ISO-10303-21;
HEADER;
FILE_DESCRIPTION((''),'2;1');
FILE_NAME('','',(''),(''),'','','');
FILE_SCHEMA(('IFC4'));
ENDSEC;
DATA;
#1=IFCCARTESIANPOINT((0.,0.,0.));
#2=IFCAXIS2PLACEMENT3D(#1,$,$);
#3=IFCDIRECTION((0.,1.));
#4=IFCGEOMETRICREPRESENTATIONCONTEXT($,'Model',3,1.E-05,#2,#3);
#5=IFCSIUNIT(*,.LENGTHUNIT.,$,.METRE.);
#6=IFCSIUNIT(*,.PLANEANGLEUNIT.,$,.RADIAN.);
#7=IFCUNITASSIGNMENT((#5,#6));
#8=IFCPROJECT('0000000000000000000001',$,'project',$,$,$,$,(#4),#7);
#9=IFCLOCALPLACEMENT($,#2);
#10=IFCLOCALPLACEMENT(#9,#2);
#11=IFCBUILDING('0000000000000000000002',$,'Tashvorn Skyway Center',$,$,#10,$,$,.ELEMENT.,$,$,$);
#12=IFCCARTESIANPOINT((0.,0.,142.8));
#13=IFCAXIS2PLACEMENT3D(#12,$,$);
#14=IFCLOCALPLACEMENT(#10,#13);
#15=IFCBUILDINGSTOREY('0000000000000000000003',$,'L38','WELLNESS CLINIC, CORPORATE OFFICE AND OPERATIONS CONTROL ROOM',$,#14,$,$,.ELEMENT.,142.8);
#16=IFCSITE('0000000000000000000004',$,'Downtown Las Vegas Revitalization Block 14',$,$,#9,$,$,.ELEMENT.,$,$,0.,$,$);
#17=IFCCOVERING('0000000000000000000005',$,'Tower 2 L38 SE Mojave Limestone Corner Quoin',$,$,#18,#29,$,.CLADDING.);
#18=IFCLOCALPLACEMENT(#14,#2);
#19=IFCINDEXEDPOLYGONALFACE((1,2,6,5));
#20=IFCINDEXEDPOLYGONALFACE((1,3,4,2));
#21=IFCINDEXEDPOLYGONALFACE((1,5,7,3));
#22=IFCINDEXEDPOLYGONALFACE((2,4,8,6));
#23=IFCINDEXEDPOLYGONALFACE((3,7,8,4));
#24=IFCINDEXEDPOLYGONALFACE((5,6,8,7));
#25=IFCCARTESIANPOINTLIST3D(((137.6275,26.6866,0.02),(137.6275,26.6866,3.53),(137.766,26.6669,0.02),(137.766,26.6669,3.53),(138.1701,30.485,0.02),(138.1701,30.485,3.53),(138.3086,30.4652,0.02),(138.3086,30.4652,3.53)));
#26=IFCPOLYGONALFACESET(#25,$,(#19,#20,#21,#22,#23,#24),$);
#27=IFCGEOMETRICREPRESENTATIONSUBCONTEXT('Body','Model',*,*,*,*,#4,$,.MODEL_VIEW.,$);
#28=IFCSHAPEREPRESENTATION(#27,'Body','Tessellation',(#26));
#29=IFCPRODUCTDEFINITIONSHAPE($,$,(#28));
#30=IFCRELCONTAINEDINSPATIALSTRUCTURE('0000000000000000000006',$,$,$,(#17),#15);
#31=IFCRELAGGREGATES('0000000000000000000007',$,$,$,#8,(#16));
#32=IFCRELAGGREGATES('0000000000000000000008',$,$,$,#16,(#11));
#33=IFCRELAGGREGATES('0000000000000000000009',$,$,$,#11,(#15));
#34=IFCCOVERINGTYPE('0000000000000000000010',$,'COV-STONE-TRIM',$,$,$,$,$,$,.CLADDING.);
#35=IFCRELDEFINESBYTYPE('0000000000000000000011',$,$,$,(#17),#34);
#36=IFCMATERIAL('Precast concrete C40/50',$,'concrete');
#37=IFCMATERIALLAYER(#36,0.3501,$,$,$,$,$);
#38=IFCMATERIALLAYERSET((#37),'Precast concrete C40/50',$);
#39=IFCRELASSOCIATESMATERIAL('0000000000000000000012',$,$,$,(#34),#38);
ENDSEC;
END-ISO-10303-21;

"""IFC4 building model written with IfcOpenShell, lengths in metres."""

from ifc_helpers import new_model, si_unit, direction, frame, origin, origin_2d, place, context, subcontext, project, spatial, rectangle, extrude, material, layer, layer_set, type_object, element, save


model = new_model("IFC4")

# Units and contexts
model_context = context("Model", 3, precision=1e-05, world=origin(), true_north=direction((0.0, 1.0)))
body_context = subcontext(model_context, "Body", "Model", "MODEL_VIEW")
ifc_project = project(units=[si_unit("LENGTHUNIT", "METRE"), si_unit("PLANEANGLEUNIT", "RADIAN")], contexts=[model_context])

# Site, building, storey
site_placement = place(None, origin())
site = spatial("IfcSite", under=ifc_project, at=site_placement, Name="Downtown Las Vegas Revitalization Block 14", CompositionType="ELEMENT", RefElevation=0.0)
building_placement = place(site_placement, origin())
building = spatial("IfcBuilding", under=site, at=building_placement, Name="Tashvorn Skyway Center", CompositionType="ELEMENT")
storey_placement = place(building_placement, frame((0.0, 0.0, 142.8)))
storey = spatial("IfcBuildingStorey", under=building, at=storey_placement, Name="L38", Description="WELLNESS CLINIC, CORPORATE OFFICE AND OPERATIONS CONTROL ROOM", CompositionType="ELEMENT", Elevation=142.8)

# Shared definitions
ifc_material_1 = material(Name="Precast concrete C40/50", Category="concrete")

# Covering
ifc_layer_1 = layer(ifc_material_1, 0.3501)
ifc_layer_set_1 = layer_set([ifc_layer_1], Name="Precast concrete C40/50")
covering_type_1 = type_object("IfcCoveringType", Name="COV-STONE-TRIM", PredefinedType="CLADDING", material=ifc_layer_set_1)
covering_placement = place(storey_placement, frame((137.968, 28.5759, 0.02), z_axis=(0.0, 0.0, 1.0), x_axis=(0.141421, 0.989949, 0.0)))
element("IfcCovering", 1, at=covering_placement, inside=storey, type_object=covering_type_1, Name="Tower 2 L38 SE Mojave Limestone Corner Quoin", PredefinedType="CLADDING", context=body_context, shape_type="SweptSolid", body=[
    extrude(rectangle(XDim=3.8369, YDim=0.1399, at=origin_2d()), origin(), (0.0, 0.0, 1.0), 3.51),
])

save(model, "model.ifc")
